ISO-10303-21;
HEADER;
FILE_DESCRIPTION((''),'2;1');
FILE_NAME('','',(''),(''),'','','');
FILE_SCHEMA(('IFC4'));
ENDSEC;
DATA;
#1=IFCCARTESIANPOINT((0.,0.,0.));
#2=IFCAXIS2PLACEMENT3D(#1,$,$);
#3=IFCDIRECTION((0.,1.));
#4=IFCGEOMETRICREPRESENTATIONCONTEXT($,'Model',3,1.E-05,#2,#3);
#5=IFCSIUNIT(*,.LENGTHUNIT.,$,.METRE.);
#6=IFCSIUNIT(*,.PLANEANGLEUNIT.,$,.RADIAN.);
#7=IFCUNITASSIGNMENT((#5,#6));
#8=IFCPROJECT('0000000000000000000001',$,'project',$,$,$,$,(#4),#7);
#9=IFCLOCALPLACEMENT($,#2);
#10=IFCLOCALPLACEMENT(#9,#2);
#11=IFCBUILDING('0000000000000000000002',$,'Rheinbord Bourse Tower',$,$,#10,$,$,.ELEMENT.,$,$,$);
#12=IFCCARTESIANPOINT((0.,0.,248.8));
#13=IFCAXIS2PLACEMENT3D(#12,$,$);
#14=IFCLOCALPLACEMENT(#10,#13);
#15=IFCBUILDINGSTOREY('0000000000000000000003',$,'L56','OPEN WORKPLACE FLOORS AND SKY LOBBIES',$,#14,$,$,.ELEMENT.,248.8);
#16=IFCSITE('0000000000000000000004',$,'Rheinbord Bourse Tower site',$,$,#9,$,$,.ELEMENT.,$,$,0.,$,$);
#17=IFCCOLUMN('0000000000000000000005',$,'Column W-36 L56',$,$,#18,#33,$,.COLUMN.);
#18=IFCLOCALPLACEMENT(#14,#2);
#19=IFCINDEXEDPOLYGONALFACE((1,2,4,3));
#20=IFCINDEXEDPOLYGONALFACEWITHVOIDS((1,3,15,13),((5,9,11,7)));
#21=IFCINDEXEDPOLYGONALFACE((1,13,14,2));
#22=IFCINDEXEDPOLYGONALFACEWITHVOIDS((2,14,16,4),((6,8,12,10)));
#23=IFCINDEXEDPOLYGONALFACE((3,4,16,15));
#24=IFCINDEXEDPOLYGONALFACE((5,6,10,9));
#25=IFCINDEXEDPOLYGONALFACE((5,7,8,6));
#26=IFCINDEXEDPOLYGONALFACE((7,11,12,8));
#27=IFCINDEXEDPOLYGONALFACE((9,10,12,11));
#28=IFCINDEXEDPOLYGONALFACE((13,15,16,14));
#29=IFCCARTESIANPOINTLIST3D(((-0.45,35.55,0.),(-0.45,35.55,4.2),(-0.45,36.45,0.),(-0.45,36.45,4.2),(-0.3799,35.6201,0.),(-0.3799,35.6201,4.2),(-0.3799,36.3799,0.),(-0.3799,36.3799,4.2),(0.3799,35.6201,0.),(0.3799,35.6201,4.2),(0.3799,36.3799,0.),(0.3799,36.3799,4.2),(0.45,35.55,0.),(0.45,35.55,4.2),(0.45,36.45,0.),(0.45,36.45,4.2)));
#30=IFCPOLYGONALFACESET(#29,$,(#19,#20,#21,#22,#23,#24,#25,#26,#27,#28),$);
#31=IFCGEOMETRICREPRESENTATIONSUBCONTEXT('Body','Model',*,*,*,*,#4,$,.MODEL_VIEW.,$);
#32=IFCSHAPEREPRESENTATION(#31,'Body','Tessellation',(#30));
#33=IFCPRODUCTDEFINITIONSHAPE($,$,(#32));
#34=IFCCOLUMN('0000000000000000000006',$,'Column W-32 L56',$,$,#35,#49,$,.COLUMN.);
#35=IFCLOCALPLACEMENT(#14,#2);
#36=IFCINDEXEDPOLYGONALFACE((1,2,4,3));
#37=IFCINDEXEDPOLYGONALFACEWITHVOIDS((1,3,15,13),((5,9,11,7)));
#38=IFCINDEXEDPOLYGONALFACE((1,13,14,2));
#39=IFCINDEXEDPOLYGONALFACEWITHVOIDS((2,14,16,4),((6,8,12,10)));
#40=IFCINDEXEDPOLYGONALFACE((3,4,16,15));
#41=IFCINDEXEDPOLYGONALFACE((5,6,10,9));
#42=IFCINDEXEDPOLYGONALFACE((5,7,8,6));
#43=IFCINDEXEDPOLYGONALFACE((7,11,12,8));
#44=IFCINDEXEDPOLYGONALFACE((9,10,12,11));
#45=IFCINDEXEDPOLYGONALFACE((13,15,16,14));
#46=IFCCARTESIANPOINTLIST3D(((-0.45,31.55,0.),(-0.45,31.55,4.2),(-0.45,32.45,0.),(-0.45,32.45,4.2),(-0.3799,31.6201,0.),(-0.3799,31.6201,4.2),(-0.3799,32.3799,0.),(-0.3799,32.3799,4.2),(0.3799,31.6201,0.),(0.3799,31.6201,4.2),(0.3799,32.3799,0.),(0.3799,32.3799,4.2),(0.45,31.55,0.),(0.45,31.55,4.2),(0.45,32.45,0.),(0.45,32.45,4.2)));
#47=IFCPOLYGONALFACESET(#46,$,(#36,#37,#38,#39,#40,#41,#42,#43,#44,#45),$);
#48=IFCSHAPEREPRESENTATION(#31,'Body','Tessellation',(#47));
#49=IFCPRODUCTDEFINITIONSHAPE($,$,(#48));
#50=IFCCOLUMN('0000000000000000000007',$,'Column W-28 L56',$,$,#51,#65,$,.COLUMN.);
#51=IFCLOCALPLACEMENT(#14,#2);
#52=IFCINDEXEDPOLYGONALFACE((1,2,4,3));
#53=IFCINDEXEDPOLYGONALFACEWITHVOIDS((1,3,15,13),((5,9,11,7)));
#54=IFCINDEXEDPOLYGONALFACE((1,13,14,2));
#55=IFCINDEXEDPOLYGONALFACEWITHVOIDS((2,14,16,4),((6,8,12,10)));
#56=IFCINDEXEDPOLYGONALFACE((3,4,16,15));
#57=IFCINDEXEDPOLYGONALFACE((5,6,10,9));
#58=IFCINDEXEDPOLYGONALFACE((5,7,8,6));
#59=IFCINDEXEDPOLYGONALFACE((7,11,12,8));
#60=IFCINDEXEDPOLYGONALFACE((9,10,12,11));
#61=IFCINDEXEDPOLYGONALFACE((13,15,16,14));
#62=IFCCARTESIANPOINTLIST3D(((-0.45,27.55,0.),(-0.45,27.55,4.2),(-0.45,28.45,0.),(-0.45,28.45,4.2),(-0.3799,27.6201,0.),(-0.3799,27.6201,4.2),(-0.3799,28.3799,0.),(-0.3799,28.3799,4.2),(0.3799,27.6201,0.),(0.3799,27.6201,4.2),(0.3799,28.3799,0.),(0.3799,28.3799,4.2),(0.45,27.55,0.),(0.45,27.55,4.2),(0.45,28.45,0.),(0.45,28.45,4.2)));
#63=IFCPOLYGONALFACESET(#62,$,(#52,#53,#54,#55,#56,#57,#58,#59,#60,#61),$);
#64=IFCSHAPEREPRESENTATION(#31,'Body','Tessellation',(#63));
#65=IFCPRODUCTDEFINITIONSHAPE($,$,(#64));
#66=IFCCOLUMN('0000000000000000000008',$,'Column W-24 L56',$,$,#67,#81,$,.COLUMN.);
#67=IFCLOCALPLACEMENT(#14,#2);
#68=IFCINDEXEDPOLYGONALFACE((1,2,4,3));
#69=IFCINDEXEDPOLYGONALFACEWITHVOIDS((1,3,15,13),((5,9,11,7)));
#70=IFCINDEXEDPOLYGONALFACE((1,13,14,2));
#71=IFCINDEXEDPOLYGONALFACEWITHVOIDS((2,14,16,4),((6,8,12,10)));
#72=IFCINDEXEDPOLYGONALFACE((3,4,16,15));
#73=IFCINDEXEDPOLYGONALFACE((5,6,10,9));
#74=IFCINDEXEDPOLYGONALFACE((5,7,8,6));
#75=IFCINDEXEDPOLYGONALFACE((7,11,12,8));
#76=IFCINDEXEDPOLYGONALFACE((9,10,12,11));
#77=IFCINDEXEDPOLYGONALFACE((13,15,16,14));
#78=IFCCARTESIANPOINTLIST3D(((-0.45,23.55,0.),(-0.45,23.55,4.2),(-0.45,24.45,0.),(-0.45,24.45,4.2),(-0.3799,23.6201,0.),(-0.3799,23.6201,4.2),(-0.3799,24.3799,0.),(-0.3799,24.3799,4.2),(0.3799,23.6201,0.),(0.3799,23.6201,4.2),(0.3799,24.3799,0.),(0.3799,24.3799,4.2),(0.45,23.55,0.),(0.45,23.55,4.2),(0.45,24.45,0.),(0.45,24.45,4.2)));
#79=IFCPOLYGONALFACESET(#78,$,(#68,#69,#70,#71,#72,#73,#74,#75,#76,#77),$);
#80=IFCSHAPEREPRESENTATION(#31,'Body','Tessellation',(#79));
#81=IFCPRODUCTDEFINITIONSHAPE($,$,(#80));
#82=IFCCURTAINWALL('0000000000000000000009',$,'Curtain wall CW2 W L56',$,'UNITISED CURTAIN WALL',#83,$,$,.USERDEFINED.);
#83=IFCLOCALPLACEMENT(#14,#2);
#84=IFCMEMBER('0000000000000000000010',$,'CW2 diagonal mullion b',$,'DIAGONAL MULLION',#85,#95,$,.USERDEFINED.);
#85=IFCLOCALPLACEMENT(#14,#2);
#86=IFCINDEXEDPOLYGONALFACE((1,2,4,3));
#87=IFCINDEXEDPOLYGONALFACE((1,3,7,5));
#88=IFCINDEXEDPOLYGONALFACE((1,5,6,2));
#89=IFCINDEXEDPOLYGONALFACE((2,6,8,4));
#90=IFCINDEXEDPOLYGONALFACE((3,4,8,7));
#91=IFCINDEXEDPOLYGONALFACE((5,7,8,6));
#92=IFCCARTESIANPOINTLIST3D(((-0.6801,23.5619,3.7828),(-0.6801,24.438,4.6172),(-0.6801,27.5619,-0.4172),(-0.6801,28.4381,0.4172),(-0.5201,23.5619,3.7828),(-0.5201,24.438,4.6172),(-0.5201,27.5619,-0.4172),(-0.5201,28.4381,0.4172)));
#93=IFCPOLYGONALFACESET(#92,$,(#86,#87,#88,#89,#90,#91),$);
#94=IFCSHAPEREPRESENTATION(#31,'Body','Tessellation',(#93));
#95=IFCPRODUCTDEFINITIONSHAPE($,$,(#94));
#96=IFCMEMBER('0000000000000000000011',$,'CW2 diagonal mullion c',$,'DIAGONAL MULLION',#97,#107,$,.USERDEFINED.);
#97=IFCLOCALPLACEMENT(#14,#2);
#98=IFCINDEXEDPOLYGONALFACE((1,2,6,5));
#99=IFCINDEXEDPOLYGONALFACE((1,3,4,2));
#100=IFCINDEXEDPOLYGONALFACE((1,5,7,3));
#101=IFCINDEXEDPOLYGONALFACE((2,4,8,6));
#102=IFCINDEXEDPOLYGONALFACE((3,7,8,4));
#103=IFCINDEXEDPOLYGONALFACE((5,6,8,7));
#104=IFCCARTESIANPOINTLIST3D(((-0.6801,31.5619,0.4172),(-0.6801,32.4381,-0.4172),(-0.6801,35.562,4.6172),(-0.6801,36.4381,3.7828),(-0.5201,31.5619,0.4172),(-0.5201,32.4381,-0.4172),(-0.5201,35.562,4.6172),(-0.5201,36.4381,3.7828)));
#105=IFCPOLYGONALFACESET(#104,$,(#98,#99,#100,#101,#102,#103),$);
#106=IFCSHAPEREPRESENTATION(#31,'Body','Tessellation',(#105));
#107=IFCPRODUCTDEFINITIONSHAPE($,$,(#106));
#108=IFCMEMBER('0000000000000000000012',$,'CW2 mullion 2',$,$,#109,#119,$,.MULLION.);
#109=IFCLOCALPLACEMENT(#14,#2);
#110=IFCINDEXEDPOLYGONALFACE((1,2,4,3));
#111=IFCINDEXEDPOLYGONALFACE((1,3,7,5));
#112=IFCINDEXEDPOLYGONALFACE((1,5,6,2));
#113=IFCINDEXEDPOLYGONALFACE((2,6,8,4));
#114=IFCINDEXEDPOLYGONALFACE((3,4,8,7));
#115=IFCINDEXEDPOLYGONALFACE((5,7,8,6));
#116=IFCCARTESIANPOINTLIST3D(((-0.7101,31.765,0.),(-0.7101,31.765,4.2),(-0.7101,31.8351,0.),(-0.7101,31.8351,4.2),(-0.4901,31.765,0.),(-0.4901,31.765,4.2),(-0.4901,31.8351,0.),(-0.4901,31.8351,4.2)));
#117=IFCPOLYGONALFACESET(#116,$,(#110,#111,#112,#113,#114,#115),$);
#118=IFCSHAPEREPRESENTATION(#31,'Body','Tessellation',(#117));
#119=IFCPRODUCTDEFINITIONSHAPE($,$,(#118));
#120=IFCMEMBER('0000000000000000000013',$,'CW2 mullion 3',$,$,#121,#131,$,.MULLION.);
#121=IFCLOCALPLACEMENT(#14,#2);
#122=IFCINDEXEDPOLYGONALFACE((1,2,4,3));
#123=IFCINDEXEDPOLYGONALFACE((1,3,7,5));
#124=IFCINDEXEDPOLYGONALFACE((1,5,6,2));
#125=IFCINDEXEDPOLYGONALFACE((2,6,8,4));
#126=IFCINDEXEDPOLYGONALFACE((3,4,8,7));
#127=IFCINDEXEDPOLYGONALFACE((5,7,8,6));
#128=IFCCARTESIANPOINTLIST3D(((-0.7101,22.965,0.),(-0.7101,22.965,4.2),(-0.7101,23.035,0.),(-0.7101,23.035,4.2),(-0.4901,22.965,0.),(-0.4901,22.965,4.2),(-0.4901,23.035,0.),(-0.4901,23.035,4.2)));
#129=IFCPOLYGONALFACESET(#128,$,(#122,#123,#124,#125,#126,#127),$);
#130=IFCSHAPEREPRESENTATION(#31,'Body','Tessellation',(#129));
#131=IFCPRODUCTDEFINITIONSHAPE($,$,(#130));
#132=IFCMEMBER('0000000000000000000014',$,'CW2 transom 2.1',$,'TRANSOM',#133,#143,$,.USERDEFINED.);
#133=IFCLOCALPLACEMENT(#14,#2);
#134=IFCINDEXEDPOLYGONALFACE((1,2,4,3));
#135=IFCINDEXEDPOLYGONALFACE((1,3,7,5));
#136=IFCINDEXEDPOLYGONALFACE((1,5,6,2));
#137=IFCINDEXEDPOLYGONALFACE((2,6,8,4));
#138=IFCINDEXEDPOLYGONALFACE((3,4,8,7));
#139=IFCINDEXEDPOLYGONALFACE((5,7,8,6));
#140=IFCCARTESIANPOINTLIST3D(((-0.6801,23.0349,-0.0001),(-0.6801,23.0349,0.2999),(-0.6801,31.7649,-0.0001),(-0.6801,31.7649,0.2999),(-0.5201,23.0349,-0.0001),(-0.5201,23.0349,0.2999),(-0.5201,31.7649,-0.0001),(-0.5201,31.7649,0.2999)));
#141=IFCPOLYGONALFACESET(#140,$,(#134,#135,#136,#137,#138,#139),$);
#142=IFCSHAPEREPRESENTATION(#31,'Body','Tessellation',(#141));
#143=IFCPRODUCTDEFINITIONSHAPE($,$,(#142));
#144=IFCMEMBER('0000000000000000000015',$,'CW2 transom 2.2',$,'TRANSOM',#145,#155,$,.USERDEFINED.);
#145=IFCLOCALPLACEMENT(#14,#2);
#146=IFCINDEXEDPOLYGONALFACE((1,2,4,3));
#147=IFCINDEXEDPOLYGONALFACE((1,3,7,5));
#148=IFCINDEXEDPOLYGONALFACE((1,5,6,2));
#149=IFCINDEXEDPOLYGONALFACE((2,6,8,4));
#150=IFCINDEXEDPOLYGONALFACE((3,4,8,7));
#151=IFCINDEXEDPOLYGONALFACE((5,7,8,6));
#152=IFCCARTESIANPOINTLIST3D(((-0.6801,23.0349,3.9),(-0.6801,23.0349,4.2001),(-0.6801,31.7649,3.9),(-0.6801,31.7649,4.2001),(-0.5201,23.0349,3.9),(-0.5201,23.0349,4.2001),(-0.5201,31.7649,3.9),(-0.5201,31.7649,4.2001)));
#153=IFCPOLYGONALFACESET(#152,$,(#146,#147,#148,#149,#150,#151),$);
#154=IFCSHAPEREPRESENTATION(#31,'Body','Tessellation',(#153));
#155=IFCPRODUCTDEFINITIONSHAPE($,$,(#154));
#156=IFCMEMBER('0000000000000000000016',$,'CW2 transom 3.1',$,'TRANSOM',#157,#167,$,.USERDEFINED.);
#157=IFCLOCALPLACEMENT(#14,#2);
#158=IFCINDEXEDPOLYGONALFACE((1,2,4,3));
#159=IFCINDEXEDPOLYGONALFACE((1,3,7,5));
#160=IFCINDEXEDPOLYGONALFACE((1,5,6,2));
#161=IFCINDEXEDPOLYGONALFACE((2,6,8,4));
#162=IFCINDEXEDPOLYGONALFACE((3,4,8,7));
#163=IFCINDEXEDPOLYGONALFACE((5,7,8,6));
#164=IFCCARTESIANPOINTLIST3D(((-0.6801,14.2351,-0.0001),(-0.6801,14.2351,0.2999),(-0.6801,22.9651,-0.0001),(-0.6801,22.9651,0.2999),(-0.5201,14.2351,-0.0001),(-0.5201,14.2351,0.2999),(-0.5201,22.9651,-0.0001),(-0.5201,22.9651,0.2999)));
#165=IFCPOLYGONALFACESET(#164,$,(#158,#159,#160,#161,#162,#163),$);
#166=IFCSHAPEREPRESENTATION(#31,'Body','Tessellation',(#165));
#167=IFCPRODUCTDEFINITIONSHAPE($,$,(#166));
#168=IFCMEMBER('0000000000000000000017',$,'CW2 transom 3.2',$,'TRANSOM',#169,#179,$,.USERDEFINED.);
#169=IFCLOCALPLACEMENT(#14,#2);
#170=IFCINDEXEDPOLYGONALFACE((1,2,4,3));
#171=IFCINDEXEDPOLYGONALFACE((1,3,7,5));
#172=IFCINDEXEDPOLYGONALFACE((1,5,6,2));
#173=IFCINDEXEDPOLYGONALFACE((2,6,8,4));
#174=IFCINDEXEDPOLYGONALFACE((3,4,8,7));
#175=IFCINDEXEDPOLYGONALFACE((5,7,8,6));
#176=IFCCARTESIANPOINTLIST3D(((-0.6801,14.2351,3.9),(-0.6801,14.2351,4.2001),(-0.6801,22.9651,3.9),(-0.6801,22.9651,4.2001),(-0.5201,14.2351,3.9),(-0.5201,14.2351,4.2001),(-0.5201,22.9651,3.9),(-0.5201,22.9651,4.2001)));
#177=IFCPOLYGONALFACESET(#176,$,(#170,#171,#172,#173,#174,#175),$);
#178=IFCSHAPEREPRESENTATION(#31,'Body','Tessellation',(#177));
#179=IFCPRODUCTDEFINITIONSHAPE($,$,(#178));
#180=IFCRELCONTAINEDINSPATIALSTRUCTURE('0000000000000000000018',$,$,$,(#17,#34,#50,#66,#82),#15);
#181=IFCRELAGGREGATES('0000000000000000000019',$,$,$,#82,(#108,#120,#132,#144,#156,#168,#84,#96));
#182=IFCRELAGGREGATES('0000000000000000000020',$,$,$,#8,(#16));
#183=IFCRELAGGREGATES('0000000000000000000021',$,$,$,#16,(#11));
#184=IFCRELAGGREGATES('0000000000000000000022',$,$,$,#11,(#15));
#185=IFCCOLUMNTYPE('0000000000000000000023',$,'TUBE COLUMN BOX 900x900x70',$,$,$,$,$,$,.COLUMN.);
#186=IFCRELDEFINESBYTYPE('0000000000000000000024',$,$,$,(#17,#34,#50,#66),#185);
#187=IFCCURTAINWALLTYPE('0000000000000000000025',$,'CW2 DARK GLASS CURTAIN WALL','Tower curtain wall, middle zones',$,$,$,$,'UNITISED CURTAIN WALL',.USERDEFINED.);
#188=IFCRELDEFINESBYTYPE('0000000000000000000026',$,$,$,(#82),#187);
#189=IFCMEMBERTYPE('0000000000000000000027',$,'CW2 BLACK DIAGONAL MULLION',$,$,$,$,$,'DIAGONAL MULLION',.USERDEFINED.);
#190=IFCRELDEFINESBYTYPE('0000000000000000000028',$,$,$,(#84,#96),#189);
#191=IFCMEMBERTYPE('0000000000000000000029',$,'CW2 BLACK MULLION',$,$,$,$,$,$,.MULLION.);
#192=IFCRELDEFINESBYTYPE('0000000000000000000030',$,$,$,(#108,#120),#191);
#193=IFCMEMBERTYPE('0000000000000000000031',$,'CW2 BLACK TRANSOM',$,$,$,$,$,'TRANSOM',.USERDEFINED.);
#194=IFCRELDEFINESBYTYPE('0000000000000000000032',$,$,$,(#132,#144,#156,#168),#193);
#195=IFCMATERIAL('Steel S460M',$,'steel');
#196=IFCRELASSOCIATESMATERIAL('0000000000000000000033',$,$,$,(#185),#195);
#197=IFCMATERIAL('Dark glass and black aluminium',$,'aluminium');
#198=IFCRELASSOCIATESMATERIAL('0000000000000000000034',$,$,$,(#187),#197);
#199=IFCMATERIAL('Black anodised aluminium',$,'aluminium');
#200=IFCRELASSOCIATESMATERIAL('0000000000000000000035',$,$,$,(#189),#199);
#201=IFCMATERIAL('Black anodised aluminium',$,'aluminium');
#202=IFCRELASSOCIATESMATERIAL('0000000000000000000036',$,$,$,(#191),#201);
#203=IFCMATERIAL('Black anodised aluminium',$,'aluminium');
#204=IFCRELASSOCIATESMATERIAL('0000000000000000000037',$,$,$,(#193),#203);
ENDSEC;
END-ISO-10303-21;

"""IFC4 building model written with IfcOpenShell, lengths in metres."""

from ifc_helpers import new_model, si_unit, direction, frame, origin, origin_2d, place, context, subcontext, project, spatial, rectangle, hollow_rectangle, extrude, material, material_profile, profile_set, type_object, element, aggregate, save


model = new_model("IFC4")

# Units and contexts
model_context = context("Model", 3, precision=1e-05, world=origin(), true_north=direction((0.0, 1.0)))
body_context = subcontext(model_context, "Body", "Model", "MODEL_VIEW")
ifc_project = project(units=[si_unit("LENGTHUNIT", "METRE"), si_unit("PLANEANGLEUNIT", "RADIAN")], contexts=[model_context])

# Site, building, storey
site_placement = place(None, origin())
site = spatial("IfcSite", under=ifc_project, at=site_placement, Name="Rheinbord Bourse Tower site", CompositionType="ELEMENT", RefElevation=0.0)
building_placement = place(site_placement, origin())
building = spatial("IfcBuilding", under=site, at=building_placement, Name="Rheinbord Bourse Tower", CompositionType="ELEMENT")
storey_placement = place(building_placement, frame((0.0, 0.0, 248.8)))
storey = spatial("IfcBuildingStorey", under=building, at=storey_placement, Name="L56", Description="OPEN WORKPLACE FLOORS AND SKY LOBBIES", CompositionType="ELEMENT", Elevation=248.8)

# Columns
ifc_material_1 = material(Name="Steel S460M", Category="steel")
ifc_material_profile_1 = material_profile(ifc_material_1, hollow_rectangle(XDim=0.8999, YDim=0.8999, WallThickness=0.0701, at=origin_2d()), Name="BOX 900x900x70")
ifc_profile_set_1 = profile_set([ifc_material_profile_1], Name="Steel S460M")
column_type = type_object("IfcColumnType", Name="TUBE COLUMN BOX 900x900x70", PredefinedType="COLUMN", material=ifc_profile_set_1)
for number, where, z_axis, x_axis, name in (
    (1, (0.0, 36.0, 0.0), (0.0, 0.0, 1.0), (1.0, 0.0, 0.0), "Column W-36 L56"),
    (2, (0.0, 32.0, 0.0), (0.0, 0.0, 1.0), (1.0, 0.0, 0.0), "Column W-32 L56"),
    (3, (0.0, 28.0, 0.0), (0.0, 0.0, 1.0), (1.0, 0.0, 0.0), "Column W-28 L56"),
    (4, (0.0, 24.0, 0.0), (0.0, 0.0, 1.0), (1.0, 0.0, 0.0), "Column W-24 L56"),
):
    element("IfcColumn", number, at=place(storey_placement, frame(where, z_axis=z_axis, x_axis=x_axis)), inside=storey, type_object=column_type, Name=name, PredefinedType="COLUMN", context=body_context, shape_type="SweptSolid", body=[
        extrude(hollow_rectangle(XDim=0.8999, YDim=0.8999, WallThickness=0.0701, at=origin_2d()), origin(), (0.0, 0.0, 1.0), 4.2),
    ])

# Curtain wall, members
ifc_material_2 = material(Name="Dark glass and black aluminium", Category="aluminium")
curtain_wall_type = type_object("IfcCurtainWallType", Name="CW2 DARK GLASS CURTAIN WALL", Description="Tower curtain wall, middle zones", ElementType="UNITISED CURTAIN WALL", PredefinedType="USERDEFINED", material=ifc_material_2)
curtain_wall_placement = place(storey_placement, origin())
curtain_wall = element("IfcCurtainWall", 5, at=curtain_wall_placement, inside=storey, type_object=curtain_wall_type, Name="Curtain wall CW2 W L56", ObjectType="UNITISED CURTAIN WALL", PredefinedType="USERDEFINED")
ifc_material_3 = material(Name="Black anodised aluminium", Category="aluminium")
ifc_material_profile_2 = material_profile(ifc_material_3, rectangle(XDim=0.1599, YDim=1.21, at=origin_2d()), Name="CW2 DIAGONAL MULLION 1210x160")
ifc_profile_set_2 = profile_set([ifc_material_profile_2], Name="Black anodised aluminium")
member_type_1 = type_object("IfcMemberType", Name="CW2 BLACK DIAGONAL MULLION", ElementType="DIAGONAL MULLION", PredefinedType="USERDEFINED", material=ifc_profile_set_2)
member_1_placement = place(storey_placement, frame((-0.6001, 28.0, 0.0), z_axis=(0.0, -0.689659, 0.724134), x_axis=(1.0, 0.0, 0.0)))
member_1 = element("IfcMember", 6, at=member_1_placement, type_object=member_type_1, Name="CW2 diagonal mullion b", ObjectType="DIAGONAL MULLION", PredefinedType="USERDEFINED", context=body_context, shape_type="SweptSolid", body=[
    extrude(rectangle(XDim=0.1599, YDim=1.21, at=origin_2d()), origin(), (0.0, 0.0, 1.0), 5.8),
])
member_2_placement = place(storey_placement, frame((-0.6001, 32.0, 0.0), z_axis=(0.0, 0.689659, 0.724134), x_axis=(-1.0, 0.0, 0.0)))
member_2 = element("IfcMember", 7, at=member_2_placement, type_object=member_type_1, Name="CW2 diagonal mullion c", ObjectType="DIAGONAL MULLION", PredefinedType="USERDEFINED", context=body_context, shape_type="SweptSolid", body=[
    extrude(rectangle(XDim=0.1599, YDim=1.21, at=origin_2d()), origin(), (0.0, 0.0, 1.0), 5.8),
])
ifc_material_4 = material(Name="Black anodised aluminium", Category="aluminium")
ifc_material_profile_3 = material_profile(ifc_material_4, rectangle(XDim=0.22, YDim=0.0701, at=origin_2d()), Name="CW2 MULLION 70x220")
ifc_profile_set_3 = profile_set([ifc_material_profile_3], Name="Black anodised aluminium")
member_type_2 = type_object("IfcMemberType", Name="CW2 BLACK MULLION", PredefinedType="MULLION", material=ifc_profile_set_3)
member_3_placement = place(storey_placement, frame((-0.6001, 31.8, 0.0), z_axis=(0.0, 0.0, 1.0), x_axis=(1.0, 0.0, 0.0)))
member_3 = element("IfcMember", 8, at=member_3_placement, type_object=member_type_2, Name="CW2 mullion 2", PredefinedType="MULLION", context=body_context, shape_type="SweptSolid", body=[
    extrude(rectangle(XDim=0.22, YDim=0.0701, at=origin_2d()), origin(), (0.0, 0.0, 1.0), 4.2),
])
member_4_placement = place(storey_placement, frame((-0.6001, 23.0, 0.0), z_axis=(0.0, 0.0, 1.0), x_axis=(1.0, 0.0, 0.0)))
member_4 = element("IfcMember", 9, at=member_4_placement, type_object=member_type_2, Name="CW2 mullion 3", PredefinedType="MULLION", context=body_context, shape_type="SweptSolid", body=[
    extrude(rectangle(XDim=0.22, YDim=0.0701, at=origin_2d()), origin(), (0.0, 0.0, 1.0), 4.2),
])
ifc_material_5 = material(Name="Black anodised aluminium", Category="aluminium")
ifc_material_profile_4 = material_profile(ifc_material_5, rectangle(XDim=0.1599, YDim=0.3, at=origin_2d()), Name="CW2 TRANSOM 300x160")
ifc_profile_set_4 = profile_set([ifc_material_profile_4], Name="Black anodised aluminium")
member_type_3 = type_object("IfcMemberType", Name="CW2 BLACK TRANSOM", ElementType="TRANSOM", PredefinedType="USERDEFINED", material=ifc_profile_set_4)
member_5_placement = place(storey_placement, frame((-0.6001, 31.7649, 0.1499), z_axis=(0.0, -1.0, 0.0), x_axis=(1.0, 0.0, 0.0)))
member_5 = element("IfcMember", 10, at=member_5_placement, type_object=member_type_3, Name="CW2 transom 2.1", ObjectType="TRANSOM", PredefinedType="USERDEFINED", context=body_context, shape_type="SweptSolid", body=[
    extrude(rectangle(XDim=0.1599, YDim=0.3, at=origin_2d()), origin(), (0.0, 0.0, 1.0), 8.73),
])
member_6_placement = place(storey_placement, frame((-0.6001, 31.7649, 4.05), z_axis=(0.0, -1.0, 0.0), x_axis=(1.0, 0.0, 0.0)))
member_6 = element("IfcMember", 11, at=member_6_placement, type_object=member_type_3, Name="CW2 transom 2.2", ObjectType="TRANSOM", PredefinedType="USERDEFINED", context=body_context, shape_type="SweptSolid", body=[
    extrude(rectangle(XDim=0.1599, YDim=0.3, at=origin_2d()), origin(), (0.0, 0.0, 1.0), 8.73),
])
member_7_placement = place(storey_placement, frame((-0.6001, 22.9651, 0.1499), z_axis=(0.0, -1.0, 0.0), x_axis=(1.0, 0.0, 0.0)))
member_7 = element("IfcMember", 12, at=member_7_placement, type_object=member_type_3, Name="CW2 transom 3.1", ObjectType="TRANSOM", PredefinedType="USERDEFINED", context=body_context, shape_type="SweptSolid", body=[
    extrude(rectangle(XDim=0.1599, YDim=0.3, at=origin_2d()), origin(), (0.0, 0.0, 1.0), 8.73),
])
member_8_placement = place(storey_placement, frame((-0.6001, 22.9651, 4.05), z_axis=(0.0, -1.0, 0.0), x_axis=(1.0, 0.0, 0.0)))
member_8 = element("IfcMember", 13, at=member_8_placement, type_object=member_type_3, Name="CW2 transom 3.2", ObjectType="TRANSOM", PredefinedType="USERDEFINED", context=body_context, shape_type="SweptSolid", body=[
    extrude(rectangle(XDim=0.1599, YDim=0.3, at=origin_2d()), origin(), (0.0, 0.0, 1.0), 8.73),
])

aggregate(curtain_wall, [member_3, member_4, member_5, member_6, member_7, member_8, member_1, member_2])

save(model, "model.ifc")
